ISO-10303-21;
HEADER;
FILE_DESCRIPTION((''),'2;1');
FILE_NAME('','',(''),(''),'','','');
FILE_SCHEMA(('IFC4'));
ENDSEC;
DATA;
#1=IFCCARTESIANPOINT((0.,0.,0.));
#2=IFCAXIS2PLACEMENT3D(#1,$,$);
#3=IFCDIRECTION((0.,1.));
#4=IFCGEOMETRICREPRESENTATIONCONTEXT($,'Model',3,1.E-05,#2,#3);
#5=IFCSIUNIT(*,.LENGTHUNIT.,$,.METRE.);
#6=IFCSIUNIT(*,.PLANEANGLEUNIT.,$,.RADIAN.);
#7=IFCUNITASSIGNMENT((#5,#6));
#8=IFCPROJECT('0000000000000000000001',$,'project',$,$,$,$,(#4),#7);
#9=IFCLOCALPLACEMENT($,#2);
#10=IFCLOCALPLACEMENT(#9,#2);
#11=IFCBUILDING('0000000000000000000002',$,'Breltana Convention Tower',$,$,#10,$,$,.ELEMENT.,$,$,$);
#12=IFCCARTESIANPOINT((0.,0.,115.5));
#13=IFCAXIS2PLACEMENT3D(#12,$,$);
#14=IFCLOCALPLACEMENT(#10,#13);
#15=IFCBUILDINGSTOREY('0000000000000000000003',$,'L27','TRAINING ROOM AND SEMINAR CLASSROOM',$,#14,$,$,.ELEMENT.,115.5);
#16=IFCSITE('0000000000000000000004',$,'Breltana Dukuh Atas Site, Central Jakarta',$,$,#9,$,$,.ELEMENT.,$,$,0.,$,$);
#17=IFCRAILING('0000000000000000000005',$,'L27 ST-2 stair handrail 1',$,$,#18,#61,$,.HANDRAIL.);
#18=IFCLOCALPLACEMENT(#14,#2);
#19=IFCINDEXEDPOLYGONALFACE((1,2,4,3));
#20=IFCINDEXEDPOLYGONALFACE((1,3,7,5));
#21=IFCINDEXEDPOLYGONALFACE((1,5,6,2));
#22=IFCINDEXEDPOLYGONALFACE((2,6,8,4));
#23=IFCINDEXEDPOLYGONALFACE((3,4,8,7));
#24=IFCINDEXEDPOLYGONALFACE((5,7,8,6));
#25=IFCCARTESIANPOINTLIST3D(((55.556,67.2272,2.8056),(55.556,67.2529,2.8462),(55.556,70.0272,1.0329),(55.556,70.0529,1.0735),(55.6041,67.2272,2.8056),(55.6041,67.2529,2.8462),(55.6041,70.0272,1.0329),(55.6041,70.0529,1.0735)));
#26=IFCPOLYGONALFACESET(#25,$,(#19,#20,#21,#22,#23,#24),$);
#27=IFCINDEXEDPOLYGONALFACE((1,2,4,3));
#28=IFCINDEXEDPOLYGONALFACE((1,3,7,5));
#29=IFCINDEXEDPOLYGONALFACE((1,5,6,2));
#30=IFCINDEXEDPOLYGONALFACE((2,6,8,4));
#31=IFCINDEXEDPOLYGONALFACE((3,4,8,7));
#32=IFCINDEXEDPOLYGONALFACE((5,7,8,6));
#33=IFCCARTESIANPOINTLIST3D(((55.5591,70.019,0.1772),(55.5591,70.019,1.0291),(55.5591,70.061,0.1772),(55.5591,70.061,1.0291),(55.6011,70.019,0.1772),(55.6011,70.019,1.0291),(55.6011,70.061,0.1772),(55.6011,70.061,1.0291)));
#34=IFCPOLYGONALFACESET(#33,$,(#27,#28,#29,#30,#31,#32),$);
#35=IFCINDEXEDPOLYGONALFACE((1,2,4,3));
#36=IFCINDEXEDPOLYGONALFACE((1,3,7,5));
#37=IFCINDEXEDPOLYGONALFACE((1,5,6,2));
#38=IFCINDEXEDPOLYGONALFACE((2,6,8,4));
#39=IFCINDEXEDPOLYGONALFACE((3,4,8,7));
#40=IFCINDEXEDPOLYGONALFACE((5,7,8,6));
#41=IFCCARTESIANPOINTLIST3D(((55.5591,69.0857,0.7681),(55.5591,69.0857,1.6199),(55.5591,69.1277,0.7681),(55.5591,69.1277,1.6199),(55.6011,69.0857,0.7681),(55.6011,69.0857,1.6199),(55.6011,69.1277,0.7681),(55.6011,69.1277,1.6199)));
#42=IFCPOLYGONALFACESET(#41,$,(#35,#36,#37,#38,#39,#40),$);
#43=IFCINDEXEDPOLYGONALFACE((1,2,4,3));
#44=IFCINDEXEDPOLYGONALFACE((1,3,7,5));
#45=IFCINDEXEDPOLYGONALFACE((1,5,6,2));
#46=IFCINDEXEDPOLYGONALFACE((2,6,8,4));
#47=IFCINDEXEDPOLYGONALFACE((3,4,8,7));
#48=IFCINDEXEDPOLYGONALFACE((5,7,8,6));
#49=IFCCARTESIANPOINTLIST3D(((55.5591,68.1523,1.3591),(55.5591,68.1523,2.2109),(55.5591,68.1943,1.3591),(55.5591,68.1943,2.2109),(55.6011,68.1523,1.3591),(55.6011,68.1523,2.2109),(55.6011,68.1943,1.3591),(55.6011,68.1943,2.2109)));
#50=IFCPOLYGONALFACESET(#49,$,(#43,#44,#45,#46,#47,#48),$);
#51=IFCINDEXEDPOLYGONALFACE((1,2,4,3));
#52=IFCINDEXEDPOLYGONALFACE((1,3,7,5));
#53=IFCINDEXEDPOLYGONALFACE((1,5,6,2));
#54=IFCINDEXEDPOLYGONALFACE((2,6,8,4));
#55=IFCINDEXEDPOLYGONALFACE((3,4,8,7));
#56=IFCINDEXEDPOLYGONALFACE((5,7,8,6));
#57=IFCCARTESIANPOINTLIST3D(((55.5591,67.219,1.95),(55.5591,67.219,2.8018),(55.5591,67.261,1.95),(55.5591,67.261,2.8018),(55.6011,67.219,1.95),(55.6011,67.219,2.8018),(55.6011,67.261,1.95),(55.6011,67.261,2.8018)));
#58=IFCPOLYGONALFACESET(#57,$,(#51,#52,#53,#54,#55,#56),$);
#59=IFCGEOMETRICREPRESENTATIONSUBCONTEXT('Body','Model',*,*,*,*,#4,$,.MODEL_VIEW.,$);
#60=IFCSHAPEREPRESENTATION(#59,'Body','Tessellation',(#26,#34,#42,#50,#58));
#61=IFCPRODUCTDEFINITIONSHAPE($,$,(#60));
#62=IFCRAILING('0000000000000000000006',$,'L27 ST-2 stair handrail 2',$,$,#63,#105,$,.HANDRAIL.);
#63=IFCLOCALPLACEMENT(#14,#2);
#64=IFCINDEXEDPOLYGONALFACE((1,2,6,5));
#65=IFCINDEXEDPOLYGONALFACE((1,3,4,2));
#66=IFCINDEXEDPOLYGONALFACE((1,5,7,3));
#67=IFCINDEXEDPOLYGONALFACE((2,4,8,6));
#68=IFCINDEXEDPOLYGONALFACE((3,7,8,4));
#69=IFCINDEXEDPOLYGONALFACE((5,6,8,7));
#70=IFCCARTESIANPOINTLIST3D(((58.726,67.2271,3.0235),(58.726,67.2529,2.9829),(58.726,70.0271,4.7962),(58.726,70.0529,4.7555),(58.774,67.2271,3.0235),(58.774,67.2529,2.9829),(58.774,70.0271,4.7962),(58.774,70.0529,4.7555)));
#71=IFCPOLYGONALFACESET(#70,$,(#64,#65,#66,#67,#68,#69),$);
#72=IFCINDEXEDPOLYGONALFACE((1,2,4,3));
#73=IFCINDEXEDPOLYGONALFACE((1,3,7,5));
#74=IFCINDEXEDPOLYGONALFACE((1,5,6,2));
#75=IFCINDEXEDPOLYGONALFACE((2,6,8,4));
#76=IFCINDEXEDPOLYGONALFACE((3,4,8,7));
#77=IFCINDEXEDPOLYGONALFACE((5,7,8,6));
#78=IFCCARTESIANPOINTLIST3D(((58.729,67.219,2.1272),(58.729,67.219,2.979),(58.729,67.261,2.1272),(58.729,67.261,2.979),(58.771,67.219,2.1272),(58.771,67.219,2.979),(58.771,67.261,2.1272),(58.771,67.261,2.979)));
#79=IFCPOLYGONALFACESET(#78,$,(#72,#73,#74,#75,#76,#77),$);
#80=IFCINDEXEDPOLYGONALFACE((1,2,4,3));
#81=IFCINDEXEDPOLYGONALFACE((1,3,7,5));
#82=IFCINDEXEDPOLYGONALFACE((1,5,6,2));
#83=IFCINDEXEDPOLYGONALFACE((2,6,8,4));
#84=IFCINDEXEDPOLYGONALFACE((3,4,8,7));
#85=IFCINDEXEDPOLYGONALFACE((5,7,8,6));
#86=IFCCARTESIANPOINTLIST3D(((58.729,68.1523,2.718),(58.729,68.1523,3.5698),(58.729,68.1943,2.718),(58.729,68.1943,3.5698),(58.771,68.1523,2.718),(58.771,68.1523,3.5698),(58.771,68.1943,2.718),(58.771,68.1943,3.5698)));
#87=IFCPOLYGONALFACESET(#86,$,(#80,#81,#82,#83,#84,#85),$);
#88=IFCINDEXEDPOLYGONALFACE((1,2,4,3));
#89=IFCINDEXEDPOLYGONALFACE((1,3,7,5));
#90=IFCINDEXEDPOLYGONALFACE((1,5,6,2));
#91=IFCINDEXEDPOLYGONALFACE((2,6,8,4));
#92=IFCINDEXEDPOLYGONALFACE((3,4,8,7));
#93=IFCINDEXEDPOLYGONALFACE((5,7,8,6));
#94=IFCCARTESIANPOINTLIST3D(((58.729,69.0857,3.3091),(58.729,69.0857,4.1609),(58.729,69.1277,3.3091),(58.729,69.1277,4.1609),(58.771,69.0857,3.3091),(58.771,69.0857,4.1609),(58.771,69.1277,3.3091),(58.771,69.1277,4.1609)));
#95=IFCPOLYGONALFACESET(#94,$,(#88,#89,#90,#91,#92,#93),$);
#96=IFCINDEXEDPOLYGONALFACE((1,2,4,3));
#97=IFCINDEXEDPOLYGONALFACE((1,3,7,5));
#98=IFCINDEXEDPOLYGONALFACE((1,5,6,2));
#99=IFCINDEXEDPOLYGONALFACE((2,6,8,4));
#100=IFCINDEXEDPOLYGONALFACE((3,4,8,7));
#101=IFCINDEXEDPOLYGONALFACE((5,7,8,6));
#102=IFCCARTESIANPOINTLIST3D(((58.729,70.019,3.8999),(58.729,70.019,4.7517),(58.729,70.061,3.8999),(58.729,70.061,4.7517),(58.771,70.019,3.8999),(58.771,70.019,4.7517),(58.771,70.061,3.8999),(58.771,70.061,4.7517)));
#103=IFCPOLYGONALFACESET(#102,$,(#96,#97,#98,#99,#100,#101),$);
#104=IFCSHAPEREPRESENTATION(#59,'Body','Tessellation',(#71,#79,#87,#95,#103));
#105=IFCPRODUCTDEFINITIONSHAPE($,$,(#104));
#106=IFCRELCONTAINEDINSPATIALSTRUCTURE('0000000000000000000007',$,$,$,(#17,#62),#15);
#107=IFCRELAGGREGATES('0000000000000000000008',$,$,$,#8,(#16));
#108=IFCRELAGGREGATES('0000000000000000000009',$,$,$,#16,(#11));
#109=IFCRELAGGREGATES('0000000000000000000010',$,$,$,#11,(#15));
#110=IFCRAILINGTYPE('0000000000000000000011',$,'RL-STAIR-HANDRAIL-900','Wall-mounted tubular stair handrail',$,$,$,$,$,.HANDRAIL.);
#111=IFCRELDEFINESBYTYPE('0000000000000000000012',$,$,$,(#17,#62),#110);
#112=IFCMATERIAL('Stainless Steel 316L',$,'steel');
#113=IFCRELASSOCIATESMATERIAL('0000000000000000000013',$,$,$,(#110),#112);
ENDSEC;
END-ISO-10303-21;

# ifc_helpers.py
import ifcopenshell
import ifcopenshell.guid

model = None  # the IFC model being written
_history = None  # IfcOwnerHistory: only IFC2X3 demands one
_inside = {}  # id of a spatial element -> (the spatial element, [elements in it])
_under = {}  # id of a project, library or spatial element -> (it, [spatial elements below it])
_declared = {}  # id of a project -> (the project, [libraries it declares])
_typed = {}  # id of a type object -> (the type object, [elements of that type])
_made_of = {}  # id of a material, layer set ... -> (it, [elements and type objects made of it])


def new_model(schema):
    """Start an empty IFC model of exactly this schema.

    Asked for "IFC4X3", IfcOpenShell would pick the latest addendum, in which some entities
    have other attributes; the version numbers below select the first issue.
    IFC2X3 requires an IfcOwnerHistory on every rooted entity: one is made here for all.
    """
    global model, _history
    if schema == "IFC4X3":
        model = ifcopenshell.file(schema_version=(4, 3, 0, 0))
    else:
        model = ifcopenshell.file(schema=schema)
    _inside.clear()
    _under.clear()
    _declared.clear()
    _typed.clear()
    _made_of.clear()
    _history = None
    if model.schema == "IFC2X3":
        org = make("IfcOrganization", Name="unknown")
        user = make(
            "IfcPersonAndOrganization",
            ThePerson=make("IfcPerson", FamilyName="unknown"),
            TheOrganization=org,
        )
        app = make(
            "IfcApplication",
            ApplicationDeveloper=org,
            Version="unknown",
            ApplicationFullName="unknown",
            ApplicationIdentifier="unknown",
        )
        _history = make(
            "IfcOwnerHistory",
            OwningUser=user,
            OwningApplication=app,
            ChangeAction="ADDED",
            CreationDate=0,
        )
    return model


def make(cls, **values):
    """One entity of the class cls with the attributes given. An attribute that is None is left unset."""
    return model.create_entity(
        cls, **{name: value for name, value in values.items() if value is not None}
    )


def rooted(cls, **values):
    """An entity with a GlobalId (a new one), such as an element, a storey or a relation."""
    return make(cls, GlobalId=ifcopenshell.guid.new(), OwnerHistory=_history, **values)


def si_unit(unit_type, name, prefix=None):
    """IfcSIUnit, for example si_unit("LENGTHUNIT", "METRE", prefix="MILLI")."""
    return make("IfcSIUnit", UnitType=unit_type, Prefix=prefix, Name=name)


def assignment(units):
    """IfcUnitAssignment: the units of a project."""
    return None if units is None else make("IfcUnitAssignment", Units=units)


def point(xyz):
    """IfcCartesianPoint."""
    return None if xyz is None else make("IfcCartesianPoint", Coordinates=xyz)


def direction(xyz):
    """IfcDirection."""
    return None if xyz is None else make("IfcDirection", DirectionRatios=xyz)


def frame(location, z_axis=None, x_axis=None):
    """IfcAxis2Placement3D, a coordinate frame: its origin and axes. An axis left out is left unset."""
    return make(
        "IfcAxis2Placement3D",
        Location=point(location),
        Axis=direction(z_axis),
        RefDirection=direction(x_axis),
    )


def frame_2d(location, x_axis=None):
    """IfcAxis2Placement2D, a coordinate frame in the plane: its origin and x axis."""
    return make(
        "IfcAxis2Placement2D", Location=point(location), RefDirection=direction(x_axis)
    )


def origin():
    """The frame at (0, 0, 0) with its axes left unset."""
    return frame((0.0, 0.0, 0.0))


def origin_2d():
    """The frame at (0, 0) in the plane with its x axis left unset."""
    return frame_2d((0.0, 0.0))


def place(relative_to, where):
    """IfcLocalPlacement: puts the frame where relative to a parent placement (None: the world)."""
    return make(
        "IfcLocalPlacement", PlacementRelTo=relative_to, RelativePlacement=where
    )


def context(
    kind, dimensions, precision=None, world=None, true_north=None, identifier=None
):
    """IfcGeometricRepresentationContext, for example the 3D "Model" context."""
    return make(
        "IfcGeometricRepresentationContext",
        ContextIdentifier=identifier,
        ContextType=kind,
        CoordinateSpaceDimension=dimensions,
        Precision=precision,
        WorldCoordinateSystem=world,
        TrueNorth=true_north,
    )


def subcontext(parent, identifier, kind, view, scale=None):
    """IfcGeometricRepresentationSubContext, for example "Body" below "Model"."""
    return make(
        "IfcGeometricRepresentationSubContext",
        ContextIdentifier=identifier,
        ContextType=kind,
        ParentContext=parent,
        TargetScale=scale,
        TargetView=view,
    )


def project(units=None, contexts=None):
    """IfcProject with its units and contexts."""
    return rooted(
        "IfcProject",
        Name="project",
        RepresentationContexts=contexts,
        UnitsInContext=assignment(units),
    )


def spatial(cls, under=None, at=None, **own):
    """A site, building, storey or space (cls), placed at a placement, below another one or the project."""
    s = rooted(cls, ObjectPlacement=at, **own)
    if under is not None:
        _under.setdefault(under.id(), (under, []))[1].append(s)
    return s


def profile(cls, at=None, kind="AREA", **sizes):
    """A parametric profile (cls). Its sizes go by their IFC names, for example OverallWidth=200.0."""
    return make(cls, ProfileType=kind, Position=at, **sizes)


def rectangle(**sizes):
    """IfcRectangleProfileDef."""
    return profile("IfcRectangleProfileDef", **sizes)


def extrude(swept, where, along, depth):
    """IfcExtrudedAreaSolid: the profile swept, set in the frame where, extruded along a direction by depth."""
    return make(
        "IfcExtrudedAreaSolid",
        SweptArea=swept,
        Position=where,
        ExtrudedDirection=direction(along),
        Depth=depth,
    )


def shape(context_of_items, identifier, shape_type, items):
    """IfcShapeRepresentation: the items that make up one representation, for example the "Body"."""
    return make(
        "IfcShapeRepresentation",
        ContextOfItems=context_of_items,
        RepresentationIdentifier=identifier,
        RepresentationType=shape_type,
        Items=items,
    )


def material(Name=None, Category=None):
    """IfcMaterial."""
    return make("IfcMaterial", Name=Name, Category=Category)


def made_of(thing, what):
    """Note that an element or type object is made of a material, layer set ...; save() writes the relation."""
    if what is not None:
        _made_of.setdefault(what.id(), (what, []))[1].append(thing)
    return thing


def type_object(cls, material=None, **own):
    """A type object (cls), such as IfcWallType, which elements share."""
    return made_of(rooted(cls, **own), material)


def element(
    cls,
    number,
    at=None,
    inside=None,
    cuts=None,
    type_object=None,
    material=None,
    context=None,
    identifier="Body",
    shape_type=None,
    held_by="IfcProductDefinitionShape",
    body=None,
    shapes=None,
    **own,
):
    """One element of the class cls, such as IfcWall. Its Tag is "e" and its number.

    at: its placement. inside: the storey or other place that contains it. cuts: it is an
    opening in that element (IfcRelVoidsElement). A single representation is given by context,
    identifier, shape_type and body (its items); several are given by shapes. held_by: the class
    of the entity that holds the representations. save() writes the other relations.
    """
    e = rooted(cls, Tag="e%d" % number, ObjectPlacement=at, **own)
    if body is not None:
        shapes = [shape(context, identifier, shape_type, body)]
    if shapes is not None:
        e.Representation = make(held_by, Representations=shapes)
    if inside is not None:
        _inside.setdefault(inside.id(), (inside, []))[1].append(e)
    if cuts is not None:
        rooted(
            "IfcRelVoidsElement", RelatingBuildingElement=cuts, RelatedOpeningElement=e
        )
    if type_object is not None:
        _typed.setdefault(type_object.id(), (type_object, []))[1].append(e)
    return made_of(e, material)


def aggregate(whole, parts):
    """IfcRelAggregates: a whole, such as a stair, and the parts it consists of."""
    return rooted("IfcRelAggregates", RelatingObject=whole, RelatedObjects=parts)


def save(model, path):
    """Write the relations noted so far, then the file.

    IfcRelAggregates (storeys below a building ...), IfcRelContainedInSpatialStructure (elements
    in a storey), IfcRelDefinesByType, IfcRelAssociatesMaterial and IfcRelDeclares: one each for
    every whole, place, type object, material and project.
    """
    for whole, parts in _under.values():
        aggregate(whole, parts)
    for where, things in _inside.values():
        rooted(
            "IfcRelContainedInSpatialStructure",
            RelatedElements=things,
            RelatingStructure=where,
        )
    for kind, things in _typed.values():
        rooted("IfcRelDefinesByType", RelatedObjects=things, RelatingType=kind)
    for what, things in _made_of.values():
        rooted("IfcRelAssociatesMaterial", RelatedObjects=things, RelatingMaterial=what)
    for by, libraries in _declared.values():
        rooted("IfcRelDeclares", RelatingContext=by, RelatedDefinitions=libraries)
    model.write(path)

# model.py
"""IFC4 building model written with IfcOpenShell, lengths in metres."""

from ifc_helpers import new_model, si_unit, direction, frame, origin, origin_2d, place, context, subcontext, project, spatial, rectangle, extrude, material, type_object, element, save


model = new_model("IFC4")

# Units and contexts
model_context = context("Model", 3, precision=1e-05, world=origin(), true_north=direction((0.0, 1.0)))
body_context = subcontext(model_context, "Body", "Model", "MODEL_VIEW")
ifc_project = project(units=[si_unit("LENGTHUNIT", "METRE"), si_unit("PLANEANGLEUNIT", "RADIAN")], contexts=[model_context])

# Site, building, storey
site_placement = place(None, origin())
site = spatial("IfcSite", under=ifc_project, at=site_placement, Name="Breltana Dukuh Atas Site, Central Jakarta", CompositionType="ELEMENT", RefElevation=0.0)
building_placement = place(site_placement, origin())
building = spatial("IfcBuilding", under=site, at=building_placement, Name="Breltana Convention Tower", CompositionType="ELEMENT")
storey_placement = place(building_placement, frame((0.0, 0.0, 115.5)))
storey = spatial("IfcBuildingStorey", under=building, at=storey_placement, Name="L27", Description="TRAINING ROOM AND SEMINAR CLASSROOM", CompositionType="ELEMENT", Elevation=115.5)

# Railings
ifc_material_1 = material(Name="Stainless Steel 316L", Category="steel")
railing_type_1 = type_object("IfcRailingType", Name="RL-STAIR-HANDRAIL-900", Description="Wall-mounted tubular stair handrail", PredefinedType="HANDRAIL", material=ifc_material_1)
railing_1_placement = place(storey_placement, frame((55.5801, 70.04, 0.1772)))
element("IfcRailing", 1, at=railing_1_placement, inside=storey, type_object=railing_type_1, Name="L27 ST-2 stair handrail 1", PredefinedType="HANDRAIL", context=body_context, shape_type="SweptSolid", body=[
    extrude(rectangle(XDim=0.0481, YDim=0.0481, at=origin_2d()), frame((0.0, 0.0, 0.876), z_axis=(0.0, -0.844909, 0.53491), x_axis=(1.0, 0.0, 0.0)), (0.0, 0.0, 1.0), 3.314),
    extrude(rectangle(XDim=0.042, YDim=0.042, at=origin_2d()), origin(), (0.0, 0.0, 1.0), 0.8518),
    extrude(rectangle(XDim=0.042, YDim=0.042, at=origin_2d()), frame((0.0, -0.9333, 0.5908)), (0.0, 0.0, 1.0), 0.8518),
    extrude(rectangle(XDim=0.042, YDim=0.042, at=origin_2d()), frame((0.0, -1.8667, 1.1819)), (0.0, 0.0, 1.0), 0.8518),
    extrude(rectangle(XDim=0.042, YDim=0.042, at=origin_2d()), frame((0.0, -2.8, 1.7727)), (0.0, 0.0, 1.0), 0.8518),
])
railing_2_placement = place(storey_placement, frame((58.75, 67.24, 2.1272)))
element("IfcRailing", 2, at=railing_2_placement, inside=storey, type_object=railing_type_1, Name="L27 ST-2 stair handrail 2", PredefinedType="HANDRAIL", context=body_context, shape_type="SweptSolid", body=[
    extrude(rectangle(XDim=0.0481, YDim=0.0481, at=origin_2d()), frame((0.0, 0.0, 0.876), z_axis=(0.0, 0.844909, 0.53491), x_axis=(-1.0, 0.0, 0.0)), (0.0, 0.0, 1.0), 3.314),
    extrude(rectangle(XDim=0.042, YDim=0.042, at=origin_2d()), origin(), (0.0, 0.0, 1.0), 0.8518),
    extrude(rectangle(XDim=0.042, YDim=0.042, at=origin_2d()), frame((0.0, 0.9333, 0.5908)), (0.0, 0.0, 1.0), 0.8518),
    extrude(rectangle(XDim=0.042, YDim=0.042, at=origin_2d()), frame((0.0, 1.8667, 1.1819)), (0.0, 0.0, 1.0), 0.8518),
    extrude(rectangle(XDim=0.042, YDim=0.042, at=origin_2d()), frame((0.0, 2.8, 1.7727)), (0.0, 0.0, 1.0), 0.8518),
])

save(model, "model.ifc")
